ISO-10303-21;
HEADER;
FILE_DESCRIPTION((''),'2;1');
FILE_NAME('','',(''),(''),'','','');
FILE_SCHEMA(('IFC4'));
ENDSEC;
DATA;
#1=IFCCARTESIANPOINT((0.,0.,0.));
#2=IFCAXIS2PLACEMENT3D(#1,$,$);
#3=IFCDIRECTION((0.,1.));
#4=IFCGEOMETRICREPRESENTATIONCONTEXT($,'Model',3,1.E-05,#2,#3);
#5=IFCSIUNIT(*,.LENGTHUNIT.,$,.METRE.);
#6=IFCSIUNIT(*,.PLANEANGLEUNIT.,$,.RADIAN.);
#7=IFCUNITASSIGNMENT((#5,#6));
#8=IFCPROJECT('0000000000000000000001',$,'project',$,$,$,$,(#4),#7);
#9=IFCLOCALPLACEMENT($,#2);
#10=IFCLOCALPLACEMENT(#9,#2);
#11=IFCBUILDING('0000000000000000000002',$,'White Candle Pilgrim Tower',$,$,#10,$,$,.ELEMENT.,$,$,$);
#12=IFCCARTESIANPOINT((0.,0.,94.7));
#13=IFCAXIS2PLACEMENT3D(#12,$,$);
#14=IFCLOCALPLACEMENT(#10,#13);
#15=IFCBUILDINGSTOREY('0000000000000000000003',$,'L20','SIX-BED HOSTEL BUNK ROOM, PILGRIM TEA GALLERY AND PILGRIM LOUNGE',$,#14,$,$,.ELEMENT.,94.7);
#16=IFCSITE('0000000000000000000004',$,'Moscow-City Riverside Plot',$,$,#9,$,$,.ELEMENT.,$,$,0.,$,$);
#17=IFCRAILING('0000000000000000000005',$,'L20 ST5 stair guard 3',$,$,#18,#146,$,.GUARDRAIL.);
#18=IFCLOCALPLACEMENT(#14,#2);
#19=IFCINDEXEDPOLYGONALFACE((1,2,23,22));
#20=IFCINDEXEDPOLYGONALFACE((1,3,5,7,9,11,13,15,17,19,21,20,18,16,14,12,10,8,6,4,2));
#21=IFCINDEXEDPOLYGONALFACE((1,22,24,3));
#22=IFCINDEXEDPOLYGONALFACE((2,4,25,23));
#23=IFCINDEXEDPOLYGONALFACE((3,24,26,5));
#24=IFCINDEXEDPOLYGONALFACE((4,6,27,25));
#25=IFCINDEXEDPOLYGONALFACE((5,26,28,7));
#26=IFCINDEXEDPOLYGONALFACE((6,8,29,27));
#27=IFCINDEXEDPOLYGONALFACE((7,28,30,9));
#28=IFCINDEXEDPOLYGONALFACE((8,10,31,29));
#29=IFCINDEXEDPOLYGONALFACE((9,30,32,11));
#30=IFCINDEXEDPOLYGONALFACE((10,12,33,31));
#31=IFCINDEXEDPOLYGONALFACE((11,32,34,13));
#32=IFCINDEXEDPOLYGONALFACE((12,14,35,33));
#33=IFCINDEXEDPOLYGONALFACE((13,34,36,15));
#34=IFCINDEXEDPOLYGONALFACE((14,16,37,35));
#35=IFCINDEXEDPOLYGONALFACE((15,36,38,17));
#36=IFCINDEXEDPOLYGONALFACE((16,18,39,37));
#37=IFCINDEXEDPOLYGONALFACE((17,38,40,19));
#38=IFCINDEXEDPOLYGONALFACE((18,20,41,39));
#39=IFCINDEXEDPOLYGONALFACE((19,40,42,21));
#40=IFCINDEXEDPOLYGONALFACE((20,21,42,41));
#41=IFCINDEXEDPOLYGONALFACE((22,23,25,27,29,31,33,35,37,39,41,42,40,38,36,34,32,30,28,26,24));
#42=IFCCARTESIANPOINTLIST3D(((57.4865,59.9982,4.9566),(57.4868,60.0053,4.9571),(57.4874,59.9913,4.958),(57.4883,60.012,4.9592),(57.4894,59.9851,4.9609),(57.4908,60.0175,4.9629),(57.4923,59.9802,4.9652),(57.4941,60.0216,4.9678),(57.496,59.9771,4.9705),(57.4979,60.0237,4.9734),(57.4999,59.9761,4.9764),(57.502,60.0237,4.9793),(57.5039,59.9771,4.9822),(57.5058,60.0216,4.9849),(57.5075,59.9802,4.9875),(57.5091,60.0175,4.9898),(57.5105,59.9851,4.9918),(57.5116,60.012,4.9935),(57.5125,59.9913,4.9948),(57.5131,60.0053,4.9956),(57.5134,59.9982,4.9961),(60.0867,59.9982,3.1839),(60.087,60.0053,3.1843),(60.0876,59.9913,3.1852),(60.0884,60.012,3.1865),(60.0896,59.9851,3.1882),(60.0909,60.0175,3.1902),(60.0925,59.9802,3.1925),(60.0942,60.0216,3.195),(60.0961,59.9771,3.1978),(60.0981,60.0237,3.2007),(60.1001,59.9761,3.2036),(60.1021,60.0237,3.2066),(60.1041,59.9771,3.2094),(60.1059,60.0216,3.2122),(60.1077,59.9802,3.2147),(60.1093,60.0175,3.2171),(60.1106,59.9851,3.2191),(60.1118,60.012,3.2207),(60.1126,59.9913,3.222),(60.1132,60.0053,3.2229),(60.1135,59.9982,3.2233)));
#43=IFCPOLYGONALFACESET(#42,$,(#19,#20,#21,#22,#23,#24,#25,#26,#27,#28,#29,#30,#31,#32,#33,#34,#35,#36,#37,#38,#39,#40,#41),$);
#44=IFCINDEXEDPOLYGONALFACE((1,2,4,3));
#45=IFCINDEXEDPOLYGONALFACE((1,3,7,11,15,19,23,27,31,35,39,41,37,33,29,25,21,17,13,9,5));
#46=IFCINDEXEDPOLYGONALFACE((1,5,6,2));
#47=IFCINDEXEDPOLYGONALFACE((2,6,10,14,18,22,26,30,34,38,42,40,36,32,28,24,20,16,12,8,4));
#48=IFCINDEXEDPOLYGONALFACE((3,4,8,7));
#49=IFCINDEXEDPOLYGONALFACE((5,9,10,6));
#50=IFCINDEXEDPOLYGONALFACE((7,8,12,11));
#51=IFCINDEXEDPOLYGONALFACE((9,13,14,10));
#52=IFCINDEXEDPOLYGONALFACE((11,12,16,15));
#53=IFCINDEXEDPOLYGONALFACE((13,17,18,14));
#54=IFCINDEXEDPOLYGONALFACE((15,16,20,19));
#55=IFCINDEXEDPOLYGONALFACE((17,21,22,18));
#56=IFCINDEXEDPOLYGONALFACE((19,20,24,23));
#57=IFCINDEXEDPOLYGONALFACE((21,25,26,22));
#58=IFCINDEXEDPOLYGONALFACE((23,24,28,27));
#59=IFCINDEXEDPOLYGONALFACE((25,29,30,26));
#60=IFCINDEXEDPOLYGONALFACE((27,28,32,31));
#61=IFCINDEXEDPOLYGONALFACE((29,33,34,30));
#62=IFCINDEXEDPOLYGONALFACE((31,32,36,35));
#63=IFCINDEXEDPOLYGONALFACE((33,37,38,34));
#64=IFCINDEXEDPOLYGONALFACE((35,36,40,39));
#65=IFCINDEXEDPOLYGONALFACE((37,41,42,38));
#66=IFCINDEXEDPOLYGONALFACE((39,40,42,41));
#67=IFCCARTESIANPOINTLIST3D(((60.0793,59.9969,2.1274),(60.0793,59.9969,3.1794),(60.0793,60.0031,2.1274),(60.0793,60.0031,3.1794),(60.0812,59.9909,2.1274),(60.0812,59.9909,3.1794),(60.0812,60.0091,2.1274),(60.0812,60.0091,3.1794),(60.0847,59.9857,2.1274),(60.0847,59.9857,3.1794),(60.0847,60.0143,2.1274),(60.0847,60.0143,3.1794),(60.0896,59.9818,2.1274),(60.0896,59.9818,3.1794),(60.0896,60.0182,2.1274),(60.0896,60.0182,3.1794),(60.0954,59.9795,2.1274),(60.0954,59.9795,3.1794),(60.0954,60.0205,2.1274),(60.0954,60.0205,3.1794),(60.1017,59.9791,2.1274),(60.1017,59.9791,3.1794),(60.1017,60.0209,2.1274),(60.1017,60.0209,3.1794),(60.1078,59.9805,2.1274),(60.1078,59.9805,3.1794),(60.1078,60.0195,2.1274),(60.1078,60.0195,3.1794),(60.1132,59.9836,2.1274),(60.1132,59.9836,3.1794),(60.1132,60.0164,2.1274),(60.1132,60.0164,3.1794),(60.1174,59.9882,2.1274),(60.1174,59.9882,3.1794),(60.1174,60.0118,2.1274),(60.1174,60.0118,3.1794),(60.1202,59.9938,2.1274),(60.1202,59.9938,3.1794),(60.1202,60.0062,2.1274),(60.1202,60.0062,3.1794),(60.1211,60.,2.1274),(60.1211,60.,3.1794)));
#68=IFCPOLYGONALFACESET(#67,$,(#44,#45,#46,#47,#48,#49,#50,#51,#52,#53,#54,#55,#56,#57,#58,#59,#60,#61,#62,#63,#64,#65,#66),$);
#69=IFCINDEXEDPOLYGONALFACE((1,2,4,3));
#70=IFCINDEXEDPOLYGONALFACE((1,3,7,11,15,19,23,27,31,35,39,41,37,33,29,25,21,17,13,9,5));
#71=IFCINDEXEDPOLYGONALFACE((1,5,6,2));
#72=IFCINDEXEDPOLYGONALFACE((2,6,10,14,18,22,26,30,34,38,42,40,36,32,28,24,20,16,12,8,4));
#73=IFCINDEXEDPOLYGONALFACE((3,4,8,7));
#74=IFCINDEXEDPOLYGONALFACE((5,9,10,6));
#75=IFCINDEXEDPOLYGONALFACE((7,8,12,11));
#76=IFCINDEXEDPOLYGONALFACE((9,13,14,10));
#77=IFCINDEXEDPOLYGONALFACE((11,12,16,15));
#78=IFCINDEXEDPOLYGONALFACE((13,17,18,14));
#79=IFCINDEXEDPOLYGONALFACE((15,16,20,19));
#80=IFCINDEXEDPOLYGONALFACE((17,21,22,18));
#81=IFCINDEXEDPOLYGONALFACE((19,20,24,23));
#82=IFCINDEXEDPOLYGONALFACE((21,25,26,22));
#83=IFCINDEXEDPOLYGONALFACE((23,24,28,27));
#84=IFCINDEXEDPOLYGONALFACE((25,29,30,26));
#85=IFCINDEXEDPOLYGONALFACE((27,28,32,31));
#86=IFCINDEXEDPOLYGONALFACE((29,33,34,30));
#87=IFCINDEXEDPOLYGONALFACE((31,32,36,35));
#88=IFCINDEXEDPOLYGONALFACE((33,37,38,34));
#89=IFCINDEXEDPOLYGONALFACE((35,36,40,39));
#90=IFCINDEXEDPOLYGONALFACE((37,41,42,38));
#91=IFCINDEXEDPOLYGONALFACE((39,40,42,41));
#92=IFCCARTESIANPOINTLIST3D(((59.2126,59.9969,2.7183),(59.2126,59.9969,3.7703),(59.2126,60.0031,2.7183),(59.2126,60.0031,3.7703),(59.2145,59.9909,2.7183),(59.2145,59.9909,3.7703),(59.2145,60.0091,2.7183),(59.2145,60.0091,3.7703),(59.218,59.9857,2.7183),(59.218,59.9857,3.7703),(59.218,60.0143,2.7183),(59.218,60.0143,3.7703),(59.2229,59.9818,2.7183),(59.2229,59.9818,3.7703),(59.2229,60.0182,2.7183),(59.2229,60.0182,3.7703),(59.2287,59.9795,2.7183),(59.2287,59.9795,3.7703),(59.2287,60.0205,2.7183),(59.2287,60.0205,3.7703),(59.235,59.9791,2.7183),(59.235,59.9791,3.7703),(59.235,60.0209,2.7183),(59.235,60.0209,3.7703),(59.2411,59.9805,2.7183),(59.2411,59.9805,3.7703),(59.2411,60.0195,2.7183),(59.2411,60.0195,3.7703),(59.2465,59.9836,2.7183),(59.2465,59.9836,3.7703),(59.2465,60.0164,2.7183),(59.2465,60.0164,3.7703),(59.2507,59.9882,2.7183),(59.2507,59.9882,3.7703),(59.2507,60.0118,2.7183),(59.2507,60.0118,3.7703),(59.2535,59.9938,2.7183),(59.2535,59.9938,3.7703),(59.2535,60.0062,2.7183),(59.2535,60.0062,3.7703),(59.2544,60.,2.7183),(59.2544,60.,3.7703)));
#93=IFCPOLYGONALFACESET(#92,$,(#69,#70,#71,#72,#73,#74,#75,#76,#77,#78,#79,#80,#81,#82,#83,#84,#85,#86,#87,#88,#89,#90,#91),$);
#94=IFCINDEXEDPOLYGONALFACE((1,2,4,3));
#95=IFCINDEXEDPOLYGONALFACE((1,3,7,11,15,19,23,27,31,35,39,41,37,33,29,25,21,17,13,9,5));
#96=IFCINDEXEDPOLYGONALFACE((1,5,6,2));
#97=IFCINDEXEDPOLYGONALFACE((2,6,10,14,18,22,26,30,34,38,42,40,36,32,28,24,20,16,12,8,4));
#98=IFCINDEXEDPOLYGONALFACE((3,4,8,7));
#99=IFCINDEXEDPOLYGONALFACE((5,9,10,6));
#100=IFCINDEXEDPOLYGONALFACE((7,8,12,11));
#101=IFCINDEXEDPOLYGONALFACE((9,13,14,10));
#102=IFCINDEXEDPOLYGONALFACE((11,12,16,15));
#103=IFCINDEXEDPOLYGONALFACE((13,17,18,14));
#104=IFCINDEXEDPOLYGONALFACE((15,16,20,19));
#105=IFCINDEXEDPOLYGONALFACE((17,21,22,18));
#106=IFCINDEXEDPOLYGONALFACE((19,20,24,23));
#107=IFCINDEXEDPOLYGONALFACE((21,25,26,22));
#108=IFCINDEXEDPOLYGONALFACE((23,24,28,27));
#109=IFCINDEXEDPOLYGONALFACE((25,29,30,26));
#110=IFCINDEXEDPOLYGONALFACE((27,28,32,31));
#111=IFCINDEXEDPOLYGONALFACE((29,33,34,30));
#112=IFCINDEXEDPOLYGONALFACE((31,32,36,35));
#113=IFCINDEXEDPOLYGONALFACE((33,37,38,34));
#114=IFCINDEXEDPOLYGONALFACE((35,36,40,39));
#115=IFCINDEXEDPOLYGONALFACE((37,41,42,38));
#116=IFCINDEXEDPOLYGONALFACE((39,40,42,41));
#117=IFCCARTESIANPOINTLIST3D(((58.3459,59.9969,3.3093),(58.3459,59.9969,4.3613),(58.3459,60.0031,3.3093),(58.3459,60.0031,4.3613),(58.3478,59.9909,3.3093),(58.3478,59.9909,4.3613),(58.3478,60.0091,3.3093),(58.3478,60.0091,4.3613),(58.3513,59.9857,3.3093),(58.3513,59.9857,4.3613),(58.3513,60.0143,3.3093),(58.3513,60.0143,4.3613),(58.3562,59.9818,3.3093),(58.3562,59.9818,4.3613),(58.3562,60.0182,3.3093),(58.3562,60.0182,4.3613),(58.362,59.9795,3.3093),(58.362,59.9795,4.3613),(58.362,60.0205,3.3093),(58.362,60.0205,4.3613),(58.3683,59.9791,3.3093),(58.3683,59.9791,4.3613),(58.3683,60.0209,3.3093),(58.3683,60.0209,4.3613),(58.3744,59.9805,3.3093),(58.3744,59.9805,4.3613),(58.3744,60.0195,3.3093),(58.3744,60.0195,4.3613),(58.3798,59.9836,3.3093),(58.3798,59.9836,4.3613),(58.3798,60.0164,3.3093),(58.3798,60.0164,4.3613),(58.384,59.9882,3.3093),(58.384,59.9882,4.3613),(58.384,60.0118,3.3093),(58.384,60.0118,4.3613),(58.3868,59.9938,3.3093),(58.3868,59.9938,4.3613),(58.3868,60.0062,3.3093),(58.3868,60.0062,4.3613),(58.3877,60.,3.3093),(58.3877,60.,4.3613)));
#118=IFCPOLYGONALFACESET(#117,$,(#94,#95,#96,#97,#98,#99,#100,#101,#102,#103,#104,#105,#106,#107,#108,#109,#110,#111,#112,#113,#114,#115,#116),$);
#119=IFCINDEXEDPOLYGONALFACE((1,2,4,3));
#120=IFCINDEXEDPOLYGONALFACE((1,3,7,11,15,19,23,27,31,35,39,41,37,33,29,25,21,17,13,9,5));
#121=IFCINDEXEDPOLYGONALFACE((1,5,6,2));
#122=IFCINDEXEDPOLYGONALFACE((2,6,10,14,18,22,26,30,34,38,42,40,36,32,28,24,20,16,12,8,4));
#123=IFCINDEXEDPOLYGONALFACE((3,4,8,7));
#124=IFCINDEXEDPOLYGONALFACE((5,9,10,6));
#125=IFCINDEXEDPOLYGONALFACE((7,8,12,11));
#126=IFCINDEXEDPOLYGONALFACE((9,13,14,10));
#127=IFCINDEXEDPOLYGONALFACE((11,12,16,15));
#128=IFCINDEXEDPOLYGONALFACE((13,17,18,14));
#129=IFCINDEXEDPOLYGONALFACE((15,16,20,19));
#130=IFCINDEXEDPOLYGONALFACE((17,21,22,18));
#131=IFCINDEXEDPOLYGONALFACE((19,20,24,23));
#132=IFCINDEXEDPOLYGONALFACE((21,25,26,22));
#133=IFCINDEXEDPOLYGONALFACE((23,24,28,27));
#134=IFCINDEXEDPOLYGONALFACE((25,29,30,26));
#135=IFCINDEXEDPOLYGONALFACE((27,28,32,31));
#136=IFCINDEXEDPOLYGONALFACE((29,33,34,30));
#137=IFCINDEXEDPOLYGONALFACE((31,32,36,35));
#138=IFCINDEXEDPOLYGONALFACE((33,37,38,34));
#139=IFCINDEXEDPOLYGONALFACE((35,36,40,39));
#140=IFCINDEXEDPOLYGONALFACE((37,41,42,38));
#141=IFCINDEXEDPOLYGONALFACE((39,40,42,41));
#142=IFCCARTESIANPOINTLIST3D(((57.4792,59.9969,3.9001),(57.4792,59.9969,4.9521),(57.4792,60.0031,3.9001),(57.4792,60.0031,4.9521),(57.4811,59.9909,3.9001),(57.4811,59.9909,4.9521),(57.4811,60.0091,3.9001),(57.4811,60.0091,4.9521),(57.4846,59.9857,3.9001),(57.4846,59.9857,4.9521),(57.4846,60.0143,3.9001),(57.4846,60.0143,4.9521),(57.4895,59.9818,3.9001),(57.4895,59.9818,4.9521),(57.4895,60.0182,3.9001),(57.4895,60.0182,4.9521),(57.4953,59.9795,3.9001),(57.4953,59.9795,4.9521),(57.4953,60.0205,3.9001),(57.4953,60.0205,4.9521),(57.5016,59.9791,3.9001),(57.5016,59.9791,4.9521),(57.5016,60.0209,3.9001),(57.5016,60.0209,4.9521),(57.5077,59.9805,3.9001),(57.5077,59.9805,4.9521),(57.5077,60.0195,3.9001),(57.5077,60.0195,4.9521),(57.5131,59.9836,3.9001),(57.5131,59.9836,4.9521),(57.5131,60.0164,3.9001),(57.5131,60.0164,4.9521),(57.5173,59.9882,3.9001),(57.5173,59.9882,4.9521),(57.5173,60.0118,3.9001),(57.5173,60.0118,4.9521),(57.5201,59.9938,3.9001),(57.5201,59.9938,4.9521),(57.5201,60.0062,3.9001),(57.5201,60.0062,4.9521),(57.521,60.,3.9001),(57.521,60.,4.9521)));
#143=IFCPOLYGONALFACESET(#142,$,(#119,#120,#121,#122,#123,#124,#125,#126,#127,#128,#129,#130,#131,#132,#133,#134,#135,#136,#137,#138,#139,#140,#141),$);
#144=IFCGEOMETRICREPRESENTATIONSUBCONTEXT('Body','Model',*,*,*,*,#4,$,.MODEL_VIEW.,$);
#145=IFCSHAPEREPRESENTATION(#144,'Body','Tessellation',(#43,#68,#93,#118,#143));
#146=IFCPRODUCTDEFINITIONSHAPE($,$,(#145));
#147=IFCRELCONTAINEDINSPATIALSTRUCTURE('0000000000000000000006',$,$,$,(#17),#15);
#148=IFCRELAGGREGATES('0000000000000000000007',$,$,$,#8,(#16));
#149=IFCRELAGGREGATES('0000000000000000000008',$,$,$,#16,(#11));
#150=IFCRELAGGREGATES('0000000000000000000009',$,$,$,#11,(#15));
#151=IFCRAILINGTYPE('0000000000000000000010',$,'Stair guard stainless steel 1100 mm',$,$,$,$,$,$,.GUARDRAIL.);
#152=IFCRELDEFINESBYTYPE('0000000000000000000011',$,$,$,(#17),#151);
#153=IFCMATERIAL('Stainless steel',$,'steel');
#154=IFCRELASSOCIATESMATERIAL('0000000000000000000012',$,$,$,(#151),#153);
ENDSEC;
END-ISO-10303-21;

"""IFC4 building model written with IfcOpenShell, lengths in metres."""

from ifc_helpers import new_model, si_unit, direction, frame, origin, origin_2d, place, context, subcontext, project, spatial, circle, extrude, material, type_object, element, save


model = new_model("IFC4")

# Units and contexts
model_context = context("Model", 3, precision=1e-05, world=origin(), true_north=direction((0.0, 1.0)))
body_context = subcontext(model_context, "Body", "Model", "MODEL_VIEW")
ifc_project = project(units=[si_unit("LENGTHUNIT", "METRE"), si_unit("PLANEANGLEUNIT", "RADIAN")], contexts=[model_context])

# Site, building, storey
site_placement = place(None, origin())
site = spatial("IfcSite", under=ifc_project, at=site_placement, Name="Moscow-City Riverside Plot", CompositionType="ELEMENT", RefElevation=0.0)
building_placement = place(site_placement, origin())
building = spatial("IfcBuilding", under=site, at=building_placement, Name="White Candle Pilgrim Tower", CompositionType="ELEMENT")
storey_placement = place(building_placement, frame((0.0, 0.0, 94.7)))
storey = spatial("IfcBuildingStorey", under=building, at=storey_placement, Name="L20", Description="SIX-BED HOSTEL BUNK ROOM, PILGRIM TEA GALLERY AND PILGRIM LOUNGE", CompositionType="ELEMENT", Elevation=94.7)

# Railing
ifc_material_1 = material(Name="Stainless steel", Category="steel")
railing_type_1 = type_object("IfcRailingType", Name="Stair guard stainless steel 1100 mm", PredefinedType="GUARDRAIL", material=ifc_material_1)
railing_1_placement = place(storey_placement, frame((60.1001, 60.0, 2.1274)))
element("IfcRailing", 1, at=railing_1_placement, inside=storey, type_object=railing_type_1, Name="L20 ST5 stair guard 3", PredefinedType="GUARDRAIL", context=body_context, shape_type="SweptSolid", body=[
    extrude(circle(Radius=0.0239, at=origin_2d()), frame((0.0, 0.0, 1.0762), z_axis=(-0.82624, 0.0, 0.563318), x_axis=(0.0, -1.0, 0.0)), (0.0, 0.0, 1.0), 3.147),
    extrude(circle(Radius=0.021, at=origin_2d()), origin(), (0.0, 0.0, 1.0), 1.052),
    extrude(circle(Radius=0.021, at=origin_2d()), frame((-0.8667, 0.0, 0.5908)), (0.0, 0.0, 1.0), 1.052),
    extrude(circle(Radius=0.021, at=origin_2d()), frame((-1.7334, 0.0, 1.1819)), (0.0, 0.0, 1.0), 1.052),
    extrude(circle(Radius=0.021, at=origin_2d()), frame((-2.6001, 0.0, 1.7727)), (0.0, 0.0, 1.0), 1.052),
])

save(model, "model.ifc")
